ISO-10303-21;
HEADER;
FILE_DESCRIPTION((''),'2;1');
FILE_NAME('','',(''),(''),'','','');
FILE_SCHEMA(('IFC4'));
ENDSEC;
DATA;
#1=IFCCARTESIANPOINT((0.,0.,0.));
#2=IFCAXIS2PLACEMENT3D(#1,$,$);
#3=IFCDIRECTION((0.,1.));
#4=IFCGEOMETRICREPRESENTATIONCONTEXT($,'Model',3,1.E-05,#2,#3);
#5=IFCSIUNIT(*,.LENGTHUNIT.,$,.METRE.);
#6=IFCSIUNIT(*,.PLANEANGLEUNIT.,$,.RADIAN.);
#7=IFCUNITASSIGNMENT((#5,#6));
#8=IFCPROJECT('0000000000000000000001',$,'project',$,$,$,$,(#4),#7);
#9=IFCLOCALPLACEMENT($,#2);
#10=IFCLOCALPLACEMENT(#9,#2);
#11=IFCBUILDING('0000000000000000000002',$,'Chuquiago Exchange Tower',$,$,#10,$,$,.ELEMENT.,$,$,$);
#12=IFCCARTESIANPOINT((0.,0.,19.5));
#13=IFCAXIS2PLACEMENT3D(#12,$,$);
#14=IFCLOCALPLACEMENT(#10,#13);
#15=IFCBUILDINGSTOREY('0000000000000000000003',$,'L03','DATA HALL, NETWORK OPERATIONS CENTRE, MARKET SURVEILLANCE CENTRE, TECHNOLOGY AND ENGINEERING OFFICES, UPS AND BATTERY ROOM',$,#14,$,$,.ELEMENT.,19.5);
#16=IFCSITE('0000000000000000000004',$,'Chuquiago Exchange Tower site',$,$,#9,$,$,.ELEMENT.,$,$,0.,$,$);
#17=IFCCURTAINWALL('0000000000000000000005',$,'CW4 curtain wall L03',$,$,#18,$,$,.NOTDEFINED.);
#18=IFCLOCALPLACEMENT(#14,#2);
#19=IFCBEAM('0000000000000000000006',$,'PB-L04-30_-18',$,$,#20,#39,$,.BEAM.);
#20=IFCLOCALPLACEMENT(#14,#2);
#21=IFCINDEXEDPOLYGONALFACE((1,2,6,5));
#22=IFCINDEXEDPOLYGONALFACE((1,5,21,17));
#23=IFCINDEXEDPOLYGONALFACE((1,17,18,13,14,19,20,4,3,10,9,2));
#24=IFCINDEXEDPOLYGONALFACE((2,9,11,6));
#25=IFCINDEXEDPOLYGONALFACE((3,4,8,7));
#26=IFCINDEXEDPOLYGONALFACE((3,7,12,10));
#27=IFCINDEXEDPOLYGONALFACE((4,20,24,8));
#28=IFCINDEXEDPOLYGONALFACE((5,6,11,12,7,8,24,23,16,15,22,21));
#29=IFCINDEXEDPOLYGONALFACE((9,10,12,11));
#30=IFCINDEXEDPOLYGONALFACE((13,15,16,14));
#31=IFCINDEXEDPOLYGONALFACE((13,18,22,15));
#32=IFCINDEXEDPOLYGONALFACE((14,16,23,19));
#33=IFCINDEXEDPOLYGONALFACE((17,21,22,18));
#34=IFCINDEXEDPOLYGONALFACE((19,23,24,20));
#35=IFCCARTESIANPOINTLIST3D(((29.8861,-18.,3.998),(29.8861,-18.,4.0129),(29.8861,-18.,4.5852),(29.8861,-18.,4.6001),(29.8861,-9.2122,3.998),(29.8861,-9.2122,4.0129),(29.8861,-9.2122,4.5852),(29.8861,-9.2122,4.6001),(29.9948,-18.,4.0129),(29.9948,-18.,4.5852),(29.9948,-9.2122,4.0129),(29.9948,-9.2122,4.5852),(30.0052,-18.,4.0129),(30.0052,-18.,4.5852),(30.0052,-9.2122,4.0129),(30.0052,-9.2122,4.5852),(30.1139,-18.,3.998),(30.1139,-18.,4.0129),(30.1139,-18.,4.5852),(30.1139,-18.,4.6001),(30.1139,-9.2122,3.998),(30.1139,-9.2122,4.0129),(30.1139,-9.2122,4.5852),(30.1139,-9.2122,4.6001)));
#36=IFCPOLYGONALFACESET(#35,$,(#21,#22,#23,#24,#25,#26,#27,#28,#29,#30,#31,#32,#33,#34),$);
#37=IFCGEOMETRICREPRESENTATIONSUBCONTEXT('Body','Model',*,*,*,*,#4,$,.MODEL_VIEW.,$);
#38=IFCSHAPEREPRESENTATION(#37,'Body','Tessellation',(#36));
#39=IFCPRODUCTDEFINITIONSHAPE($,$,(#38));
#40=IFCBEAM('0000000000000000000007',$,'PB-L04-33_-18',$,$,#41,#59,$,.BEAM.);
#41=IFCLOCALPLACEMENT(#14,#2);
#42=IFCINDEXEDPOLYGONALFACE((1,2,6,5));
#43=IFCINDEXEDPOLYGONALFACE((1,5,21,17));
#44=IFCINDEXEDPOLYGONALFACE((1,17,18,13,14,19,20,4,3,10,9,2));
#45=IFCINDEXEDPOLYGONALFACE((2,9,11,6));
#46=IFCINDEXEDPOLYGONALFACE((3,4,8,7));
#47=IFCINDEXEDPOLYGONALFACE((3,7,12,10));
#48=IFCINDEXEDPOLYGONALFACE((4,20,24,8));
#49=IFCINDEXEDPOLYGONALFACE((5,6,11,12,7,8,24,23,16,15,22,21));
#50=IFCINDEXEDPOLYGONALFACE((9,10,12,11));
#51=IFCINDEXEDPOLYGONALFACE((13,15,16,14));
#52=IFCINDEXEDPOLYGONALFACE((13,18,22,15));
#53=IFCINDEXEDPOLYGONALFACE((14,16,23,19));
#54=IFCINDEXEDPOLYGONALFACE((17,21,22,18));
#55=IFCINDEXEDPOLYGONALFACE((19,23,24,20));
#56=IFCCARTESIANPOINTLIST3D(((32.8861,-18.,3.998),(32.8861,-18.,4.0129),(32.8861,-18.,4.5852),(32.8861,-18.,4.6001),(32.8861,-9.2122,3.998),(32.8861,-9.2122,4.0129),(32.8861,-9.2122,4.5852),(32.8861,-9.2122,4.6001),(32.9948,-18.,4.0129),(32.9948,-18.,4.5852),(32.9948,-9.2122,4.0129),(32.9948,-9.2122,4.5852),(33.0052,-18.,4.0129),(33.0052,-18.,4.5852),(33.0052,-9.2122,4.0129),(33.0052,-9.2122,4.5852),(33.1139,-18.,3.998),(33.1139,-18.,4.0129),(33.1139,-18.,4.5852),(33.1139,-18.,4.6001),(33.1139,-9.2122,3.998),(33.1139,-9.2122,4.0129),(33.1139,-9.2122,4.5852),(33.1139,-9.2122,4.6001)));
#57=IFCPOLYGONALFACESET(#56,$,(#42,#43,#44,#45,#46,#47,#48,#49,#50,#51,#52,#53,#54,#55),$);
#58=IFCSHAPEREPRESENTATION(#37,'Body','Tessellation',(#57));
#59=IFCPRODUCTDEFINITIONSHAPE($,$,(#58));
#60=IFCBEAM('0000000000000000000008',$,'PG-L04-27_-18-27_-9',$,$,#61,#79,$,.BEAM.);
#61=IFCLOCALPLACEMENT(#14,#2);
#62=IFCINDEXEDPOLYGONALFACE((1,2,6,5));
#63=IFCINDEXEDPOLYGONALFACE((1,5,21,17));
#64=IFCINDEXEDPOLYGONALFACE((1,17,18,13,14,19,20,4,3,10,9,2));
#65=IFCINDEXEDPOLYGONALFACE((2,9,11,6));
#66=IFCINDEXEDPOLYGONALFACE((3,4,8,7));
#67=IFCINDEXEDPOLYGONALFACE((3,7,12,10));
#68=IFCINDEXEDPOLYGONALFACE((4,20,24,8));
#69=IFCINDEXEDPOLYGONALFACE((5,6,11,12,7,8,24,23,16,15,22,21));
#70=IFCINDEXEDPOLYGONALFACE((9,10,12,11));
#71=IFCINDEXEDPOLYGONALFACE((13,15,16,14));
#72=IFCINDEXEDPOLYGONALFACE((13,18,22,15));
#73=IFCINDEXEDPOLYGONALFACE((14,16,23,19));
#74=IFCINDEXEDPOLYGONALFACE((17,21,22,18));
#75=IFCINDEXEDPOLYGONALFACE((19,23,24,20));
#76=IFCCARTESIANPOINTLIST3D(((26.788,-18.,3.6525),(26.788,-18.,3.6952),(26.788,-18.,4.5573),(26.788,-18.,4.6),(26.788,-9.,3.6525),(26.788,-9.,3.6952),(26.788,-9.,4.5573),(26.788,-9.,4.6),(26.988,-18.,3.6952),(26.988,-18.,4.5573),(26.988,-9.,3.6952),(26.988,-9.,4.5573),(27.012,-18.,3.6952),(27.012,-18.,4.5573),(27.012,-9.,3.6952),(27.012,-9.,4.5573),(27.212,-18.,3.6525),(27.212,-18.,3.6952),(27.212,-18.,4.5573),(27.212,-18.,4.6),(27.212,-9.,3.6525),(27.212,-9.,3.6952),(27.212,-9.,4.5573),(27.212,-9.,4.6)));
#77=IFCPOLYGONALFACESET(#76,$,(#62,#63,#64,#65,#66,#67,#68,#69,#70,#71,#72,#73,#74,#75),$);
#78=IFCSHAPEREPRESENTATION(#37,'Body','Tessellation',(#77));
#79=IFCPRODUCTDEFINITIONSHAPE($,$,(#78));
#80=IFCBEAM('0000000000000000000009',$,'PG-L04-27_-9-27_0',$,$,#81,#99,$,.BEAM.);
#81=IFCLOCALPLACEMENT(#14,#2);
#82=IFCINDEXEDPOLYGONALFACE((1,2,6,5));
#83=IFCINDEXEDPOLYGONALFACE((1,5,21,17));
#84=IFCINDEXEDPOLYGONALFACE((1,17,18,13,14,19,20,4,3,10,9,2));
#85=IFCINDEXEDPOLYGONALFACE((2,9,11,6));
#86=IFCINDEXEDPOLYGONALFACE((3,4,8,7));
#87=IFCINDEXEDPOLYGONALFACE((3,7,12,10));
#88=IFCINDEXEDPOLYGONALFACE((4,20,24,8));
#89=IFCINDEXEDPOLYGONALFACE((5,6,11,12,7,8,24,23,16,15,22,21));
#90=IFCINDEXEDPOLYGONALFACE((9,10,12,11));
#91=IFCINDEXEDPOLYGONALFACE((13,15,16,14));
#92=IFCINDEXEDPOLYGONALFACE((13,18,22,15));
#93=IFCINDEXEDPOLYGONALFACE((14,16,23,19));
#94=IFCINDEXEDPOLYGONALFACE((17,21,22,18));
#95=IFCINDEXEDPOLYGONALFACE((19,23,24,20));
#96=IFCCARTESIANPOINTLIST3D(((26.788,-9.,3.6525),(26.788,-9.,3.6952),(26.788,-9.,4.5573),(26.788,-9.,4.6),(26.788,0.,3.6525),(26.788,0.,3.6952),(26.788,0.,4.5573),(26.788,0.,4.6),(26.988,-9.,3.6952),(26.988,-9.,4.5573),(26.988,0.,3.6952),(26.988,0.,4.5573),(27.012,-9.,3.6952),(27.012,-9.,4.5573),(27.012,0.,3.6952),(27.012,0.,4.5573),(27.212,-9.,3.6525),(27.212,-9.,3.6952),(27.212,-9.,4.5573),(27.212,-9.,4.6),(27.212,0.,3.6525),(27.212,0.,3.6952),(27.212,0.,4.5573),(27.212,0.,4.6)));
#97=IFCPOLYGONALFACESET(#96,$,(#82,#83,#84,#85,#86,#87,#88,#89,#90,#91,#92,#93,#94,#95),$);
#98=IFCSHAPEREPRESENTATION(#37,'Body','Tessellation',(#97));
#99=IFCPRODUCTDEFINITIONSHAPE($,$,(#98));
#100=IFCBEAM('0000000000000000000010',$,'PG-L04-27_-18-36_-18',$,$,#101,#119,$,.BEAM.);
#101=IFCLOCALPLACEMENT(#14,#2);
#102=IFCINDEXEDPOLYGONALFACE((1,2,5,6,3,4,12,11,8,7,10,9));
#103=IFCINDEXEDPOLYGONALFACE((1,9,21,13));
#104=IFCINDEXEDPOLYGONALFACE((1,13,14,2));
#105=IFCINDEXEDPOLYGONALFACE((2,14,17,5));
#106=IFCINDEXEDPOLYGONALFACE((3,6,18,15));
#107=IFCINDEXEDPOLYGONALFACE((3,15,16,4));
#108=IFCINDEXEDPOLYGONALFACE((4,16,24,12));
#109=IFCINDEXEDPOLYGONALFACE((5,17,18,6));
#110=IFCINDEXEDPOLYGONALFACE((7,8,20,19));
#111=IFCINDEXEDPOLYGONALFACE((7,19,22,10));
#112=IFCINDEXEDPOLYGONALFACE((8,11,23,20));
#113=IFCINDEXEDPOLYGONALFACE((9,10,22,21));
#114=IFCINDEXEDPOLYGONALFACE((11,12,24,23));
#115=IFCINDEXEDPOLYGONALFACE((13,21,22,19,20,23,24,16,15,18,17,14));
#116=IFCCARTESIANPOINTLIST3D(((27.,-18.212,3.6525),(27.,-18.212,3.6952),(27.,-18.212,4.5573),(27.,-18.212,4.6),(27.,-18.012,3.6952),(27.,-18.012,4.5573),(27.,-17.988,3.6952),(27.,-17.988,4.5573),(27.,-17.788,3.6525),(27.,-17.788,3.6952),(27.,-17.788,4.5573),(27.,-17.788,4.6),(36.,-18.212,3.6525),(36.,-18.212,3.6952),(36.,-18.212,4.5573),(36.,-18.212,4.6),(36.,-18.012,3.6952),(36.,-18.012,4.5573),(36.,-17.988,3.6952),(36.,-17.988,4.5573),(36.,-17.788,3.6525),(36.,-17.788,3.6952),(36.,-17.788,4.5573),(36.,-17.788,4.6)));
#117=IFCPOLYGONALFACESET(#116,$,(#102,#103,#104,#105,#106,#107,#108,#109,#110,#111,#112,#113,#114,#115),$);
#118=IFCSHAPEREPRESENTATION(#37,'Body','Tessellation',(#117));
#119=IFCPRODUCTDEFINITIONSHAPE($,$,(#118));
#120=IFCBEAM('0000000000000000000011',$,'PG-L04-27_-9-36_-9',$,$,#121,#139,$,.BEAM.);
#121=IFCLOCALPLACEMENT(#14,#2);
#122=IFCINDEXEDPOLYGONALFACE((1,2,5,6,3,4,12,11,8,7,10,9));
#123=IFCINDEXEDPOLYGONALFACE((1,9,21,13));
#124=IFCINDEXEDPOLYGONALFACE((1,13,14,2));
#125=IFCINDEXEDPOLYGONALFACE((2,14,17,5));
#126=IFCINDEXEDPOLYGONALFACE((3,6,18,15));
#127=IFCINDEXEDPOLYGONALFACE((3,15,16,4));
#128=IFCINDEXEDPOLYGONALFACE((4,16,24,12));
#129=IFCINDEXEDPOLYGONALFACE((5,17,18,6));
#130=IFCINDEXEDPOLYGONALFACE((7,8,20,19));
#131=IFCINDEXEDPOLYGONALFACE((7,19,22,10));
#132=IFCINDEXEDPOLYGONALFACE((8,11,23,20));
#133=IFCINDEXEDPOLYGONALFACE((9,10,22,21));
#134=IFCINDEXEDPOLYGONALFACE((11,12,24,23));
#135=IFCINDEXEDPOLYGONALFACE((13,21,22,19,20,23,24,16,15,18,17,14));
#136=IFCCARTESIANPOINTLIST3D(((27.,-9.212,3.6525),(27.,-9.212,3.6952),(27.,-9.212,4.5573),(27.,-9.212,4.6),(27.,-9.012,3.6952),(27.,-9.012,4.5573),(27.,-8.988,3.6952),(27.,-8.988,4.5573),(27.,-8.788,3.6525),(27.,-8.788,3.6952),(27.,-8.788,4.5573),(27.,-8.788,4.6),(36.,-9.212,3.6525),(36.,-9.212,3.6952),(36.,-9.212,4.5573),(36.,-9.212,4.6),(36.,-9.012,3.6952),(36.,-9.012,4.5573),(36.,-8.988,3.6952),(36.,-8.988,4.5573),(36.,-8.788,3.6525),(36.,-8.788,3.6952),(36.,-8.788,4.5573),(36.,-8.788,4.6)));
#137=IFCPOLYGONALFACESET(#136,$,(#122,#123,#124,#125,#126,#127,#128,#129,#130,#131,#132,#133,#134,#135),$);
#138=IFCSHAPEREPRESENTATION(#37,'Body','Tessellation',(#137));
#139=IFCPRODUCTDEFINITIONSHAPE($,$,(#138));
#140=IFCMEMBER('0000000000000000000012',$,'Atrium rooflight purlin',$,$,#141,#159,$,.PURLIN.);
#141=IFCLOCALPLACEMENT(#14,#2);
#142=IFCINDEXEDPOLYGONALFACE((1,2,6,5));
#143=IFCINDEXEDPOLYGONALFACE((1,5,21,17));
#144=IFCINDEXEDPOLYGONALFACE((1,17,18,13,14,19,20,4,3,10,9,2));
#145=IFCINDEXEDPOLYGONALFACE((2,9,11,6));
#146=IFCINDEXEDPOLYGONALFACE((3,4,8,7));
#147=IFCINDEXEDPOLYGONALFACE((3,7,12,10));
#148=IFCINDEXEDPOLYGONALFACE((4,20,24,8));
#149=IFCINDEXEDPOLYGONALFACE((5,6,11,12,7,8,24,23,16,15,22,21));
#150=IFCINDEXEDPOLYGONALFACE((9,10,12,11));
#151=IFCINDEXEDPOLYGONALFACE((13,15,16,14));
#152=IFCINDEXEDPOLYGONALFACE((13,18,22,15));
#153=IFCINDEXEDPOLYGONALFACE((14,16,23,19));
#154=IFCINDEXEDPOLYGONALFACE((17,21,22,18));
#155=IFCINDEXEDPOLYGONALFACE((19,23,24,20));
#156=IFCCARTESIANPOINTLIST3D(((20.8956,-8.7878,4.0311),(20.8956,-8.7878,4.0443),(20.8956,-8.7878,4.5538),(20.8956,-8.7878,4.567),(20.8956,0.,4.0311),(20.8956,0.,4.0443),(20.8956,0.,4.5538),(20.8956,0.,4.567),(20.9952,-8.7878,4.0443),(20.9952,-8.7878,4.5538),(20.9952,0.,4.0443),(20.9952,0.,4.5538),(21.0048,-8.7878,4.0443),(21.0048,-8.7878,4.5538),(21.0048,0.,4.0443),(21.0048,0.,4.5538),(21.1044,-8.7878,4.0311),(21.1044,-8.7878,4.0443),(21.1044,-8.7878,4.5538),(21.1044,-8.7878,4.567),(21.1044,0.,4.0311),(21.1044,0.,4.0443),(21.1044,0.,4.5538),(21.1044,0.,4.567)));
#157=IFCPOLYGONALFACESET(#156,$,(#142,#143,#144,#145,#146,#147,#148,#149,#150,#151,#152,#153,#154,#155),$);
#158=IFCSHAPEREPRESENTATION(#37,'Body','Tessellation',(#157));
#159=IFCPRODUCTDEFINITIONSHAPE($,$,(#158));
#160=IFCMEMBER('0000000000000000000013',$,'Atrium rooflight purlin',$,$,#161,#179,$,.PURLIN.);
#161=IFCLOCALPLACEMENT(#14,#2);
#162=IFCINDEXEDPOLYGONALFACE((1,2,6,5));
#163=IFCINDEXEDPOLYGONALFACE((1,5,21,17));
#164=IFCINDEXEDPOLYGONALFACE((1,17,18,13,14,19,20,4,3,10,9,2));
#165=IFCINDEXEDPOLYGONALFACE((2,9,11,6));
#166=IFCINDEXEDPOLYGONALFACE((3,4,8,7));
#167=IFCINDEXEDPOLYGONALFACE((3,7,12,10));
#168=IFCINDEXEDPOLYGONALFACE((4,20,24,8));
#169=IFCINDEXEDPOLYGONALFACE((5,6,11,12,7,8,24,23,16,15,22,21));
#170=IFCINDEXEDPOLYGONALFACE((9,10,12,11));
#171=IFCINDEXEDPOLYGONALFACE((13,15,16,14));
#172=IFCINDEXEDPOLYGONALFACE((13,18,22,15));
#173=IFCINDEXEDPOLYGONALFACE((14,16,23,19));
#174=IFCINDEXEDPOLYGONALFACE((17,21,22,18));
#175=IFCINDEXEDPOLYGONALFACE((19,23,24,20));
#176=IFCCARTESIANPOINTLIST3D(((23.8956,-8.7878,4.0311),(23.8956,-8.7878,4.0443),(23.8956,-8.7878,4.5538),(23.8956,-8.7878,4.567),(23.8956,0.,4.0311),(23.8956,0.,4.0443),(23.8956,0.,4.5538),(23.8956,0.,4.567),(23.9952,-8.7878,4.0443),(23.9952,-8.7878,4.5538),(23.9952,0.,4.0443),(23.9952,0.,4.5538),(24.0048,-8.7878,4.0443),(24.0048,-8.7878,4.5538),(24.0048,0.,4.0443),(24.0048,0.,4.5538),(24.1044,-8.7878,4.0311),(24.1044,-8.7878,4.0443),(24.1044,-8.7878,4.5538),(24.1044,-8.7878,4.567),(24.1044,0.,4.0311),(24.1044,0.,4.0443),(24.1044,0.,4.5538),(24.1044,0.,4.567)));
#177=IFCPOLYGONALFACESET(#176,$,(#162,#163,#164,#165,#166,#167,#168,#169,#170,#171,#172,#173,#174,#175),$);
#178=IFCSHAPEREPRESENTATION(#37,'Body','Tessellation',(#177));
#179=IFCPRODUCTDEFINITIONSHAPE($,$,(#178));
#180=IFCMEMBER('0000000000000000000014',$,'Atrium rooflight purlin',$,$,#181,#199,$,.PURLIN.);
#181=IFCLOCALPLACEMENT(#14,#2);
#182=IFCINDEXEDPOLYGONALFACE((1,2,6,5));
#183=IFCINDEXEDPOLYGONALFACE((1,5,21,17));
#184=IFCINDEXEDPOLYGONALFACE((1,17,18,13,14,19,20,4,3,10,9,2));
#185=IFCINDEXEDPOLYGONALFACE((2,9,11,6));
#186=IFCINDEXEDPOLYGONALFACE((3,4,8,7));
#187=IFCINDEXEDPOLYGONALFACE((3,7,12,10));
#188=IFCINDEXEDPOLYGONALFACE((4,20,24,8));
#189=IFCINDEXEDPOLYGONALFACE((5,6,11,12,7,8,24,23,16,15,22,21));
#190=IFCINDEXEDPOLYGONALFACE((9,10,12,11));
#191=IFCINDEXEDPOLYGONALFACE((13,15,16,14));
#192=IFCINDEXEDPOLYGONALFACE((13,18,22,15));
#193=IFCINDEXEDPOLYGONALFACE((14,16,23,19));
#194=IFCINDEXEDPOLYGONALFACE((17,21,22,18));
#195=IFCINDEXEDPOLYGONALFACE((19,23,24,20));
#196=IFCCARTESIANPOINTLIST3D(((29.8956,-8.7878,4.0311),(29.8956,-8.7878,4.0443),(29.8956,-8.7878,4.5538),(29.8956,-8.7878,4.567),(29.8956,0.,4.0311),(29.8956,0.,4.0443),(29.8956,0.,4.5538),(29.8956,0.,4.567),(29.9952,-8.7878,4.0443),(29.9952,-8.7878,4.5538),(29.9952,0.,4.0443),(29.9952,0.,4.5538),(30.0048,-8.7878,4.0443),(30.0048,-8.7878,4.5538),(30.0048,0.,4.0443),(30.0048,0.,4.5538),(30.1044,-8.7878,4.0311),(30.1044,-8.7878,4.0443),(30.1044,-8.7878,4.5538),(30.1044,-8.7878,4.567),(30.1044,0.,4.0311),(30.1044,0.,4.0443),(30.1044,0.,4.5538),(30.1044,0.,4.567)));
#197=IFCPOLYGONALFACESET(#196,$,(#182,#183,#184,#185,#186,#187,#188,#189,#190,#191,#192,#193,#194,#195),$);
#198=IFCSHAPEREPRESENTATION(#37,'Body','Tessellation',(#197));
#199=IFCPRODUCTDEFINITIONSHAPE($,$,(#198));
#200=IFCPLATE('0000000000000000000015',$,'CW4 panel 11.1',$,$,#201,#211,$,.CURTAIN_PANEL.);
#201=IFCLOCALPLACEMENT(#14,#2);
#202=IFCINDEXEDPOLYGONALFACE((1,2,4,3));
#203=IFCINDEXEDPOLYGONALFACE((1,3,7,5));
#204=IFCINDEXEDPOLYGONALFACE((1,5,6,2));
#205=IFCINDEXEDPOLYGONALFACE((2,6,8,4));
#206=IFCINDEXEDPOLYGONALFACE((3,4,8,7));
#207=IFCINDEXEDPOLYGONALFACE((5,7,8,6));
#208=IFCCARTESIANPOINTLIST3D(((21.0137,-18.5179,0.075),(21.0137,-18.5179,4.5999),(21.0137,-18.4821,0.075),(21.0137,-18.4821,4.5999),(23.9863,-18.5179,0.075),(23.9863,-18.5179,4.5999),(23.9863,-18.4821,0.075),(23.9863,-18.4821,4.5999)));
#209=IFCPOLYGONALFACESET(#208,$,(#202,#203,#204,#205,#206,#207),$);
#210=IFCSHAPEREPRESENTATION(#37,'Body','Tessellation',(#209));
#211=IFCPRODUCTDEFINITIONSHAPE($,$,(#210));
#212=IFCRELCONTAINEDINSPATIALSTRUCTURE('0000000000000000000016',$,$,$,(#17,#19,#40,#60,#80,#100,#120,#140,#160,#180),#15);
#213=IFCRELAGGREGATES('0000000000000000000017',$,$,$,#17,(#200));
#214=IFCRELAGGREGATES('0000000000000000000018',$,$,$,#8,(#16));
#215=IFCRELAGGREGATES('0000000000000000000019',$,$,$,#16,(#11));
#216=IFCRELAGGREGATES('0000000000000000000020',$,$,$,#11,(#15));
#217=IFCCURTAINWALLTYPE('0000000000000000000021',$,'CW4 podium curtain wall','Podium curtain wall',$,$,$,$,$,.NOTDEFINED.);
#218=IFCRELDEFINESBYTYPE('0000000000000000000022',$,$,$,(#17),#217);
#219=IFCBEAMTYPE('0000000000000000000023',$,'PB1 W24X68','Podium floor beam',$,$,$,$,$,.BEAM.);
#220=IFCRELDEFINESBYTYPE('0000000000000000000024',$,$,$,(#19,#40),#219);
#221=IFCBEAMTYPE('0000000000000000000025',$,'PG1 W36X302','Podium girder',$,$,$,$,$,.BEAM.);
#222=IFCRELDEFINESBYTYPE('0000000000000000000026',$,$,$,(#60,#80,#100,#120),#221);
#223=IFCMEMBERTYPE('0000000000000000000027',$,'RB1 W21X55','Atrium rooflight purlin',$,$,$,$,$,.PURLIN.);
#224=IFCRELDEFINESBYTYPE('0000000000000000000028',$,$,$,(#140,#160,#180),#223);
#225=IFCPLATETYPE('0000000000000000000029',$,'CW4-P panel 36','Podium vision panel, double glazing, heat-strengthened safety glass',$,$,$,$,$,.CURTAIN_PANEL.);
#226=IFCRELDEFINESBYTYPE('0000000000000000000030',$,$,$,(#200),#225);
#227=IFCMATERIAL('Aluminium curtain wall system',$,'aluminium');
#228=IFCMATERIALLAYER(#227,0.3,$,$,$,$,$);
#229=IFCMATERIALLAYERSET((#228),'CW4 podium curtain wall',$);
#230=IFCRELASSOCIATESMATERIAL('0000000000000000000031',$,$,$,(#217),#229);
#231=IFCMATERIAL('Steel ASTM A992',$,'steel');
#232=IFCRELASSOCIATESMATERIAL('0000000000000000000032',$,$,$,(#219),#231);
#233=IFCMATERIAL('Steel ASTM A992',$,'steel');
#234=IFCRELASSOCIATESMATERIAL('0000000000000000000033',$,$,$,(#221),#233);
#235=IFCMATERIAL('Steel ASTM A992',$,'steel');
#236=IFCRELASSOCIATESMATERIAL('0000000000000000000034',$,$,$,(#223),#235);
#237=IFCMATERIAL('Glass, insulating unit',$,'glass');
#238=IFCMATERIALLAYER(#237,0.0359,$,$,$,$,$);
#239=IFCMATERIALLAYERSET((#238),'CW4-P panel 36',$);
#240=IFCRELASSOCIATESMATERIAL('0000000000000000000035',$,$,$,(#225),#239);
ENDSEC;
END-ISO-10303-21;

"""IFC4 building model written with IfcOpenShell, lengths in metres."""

from ifc_helpers import new_model, si_unit, direction, frame, origin, origin_2d, place, context, subcontext, project, spatial, rectangle, i_section, extrude, material, layer, layer_set, material_profile, profile_set, type_object, element, aggregate, save


model = new_model("IFC4")

# Units and contexts
model_context = context("Model", 3, precision=1e-05, world=origin(), true_north=direction((0.0, 1.0)))
body_context = subcontext(model_context, "Body", "Model", "MODEL_VIEW")
ifc_project = project(units=[si_unit("LENGTHUNIT", "METRE"), si_unit("PLANEANGLEUNIT", "RADIAN")], contexts=[model_context])

# Site, building, storey
site_placement = place(None, origin())
site = spatial("IfcSite", under=ifc_project, at=site_placement, Name="Chuquiago Exchange Tower site", CompositionType="ELEMENT", RefElevation=0.0)
building_placement = place(site_placement, origin())
building = spatial("IfcBuilding", under=site, at=building_placement, Name="Chuquiago Exchange Tower", CompositionType="ELEMENT")
storey_placement = place(building_placement, frame((0.0, 0.0, 19.5)))
storey = spatial("IfcBuildingStorey", under=building, at=storey_placement, Name="L03", Description="DATA HALL, NETWORK OPERATIONS CENTRE, MARKET SURVEILLANCE CENTRE, TECHNOLOGY AND ENGINEERING OFFICES, UPS AND BATTERY ROOM", CompositionType="ELEMENT", Elevation=19.5)

# Curtain wall
ifc_material_1 = material(Name="Aluminium curtain wall system", Category="aluminium")
ifc_layer_1 = layer(ifc_material_1, 0.3)
ifc_layer_set_1 = layer_set([ifc_layer_1], Name="CW4 podium curtain wall")
curtain_wall_type = type_object("IfcCurtainWallType", Name="CW4 podium curtain wall", Description="Podium curtain wall", PredefinedType="NOTDEFINED", material=ifc_layer_set_1)
curtain_wall_placement = place(storey_placement, origin())
curtain_wall = element("IfcCurtainWall", 1, at=curtain_wall_placement, inside=storey, type_object=curtain_wall_type, Name="CW4 curtain wall L03", PredefinedType="NOTDEFINED")

# Beams
ifc_material_2 = material(Name="Steel ASTM A992", Category="steel")
ifc_material_profile_1 = material_profile(ifc_material_2, i_section(OverallWidth=0.2278, OverallDepth=0.6021, WebThickness=0.0105, FlangeThickness=0.0149, at=origin_2d()), Name="W24X68")
ifc_profile_set_1 = profile_set([ifc_material_profile_1], Name="Steel ASTM A992")
beam_type_1 = type_object("IfcBeamType", Name="PB1 W24X68", Description="Podium floor beam", PredefinedType="BEAM", material=ifc_profile_set_1)
for number, where, z_axis, x_axis, name in (
    (2, (30.0, -18.0, 4.2991), (0.0, 1.0, 0.0), (-1.0, 0.0, 0.0), "PB-L04-30_-18"),
    (3, (33.0, -18.0, 4.2991), (0.0, 1.0, 0.0), (-1.0, 0.0, 0.0), "PB-L04-33_-18"),
):
    element("IfcBeam", number, at=place(storey_placement, frame(where, z_axis=z_axis, x_axis=x_axis)), inside=storey, type_object=beam_type_1, Name=name, PredefinedType="BEAM", context=body_context, shape_type="SweptSolid", body=[
        extrude(i_section(OverallWidth=0.2278, OverallDepth=0.6021, WebThickness=0.0105, FlangeThickness=0.0149, at=origin_2d()), origin(), (0.0, 0.0, 1.0), 8.7878),
    ])
ifc_material_3 = material(Name="Steel ASTM A992", Category="steel")
ifc_material_profile_2 = material_profile(ifc_material_3, i_section(OverallWidth=0.4241, OverallDepth=0.9475, WebThickness=0.0239, FlangeThickness=0.0427, at=origin_2d()), Name="W36X302")
ifc_profile_set_2 = profile_set([ifc_material_profile_2], Name="Steel ASTM A992")
beam_type_2 = type_object("IfcBeamType", Name="PG1 W36X302", Description="Podium girder", PredefinedType="BEAM", material=ifc_profile_set_2)
for number, where, z_axis, x_axis, name in (
    (4, (27.0, -18.0, 4.1262), (0.0, 1.0, 0.0), (-1.0, 0.0, 0.0), "PG-L04-27_-18-27_-9"),
    (5, (27.0, -9.0, 4.1262), (0.0, 1.0, 0.0), (-1.0, 0.0, 0.0), "PG-L04-27_-9-27_0"),
    (6, (27.0, -18.0, 4.1262), (1.0, 0.0, 0.0), (0.0, 1.0, 0.0), "PG-L04-27_-18-36_-18"),
    (7, (27.0, -9.0, 4.1262), (1.0, 0.0, 0.0), (0.0, 1.0, 0.0), "PG-L04-27_-9-36_-9"),
):
    element("IfcBeam", number, at=place(storey_placement, frame(where, z_axis=z_axis, x_axis=x_axis)), inside=storey, type_object=beam_type_2, Name=name, PredefinedType="BEAM", context=body_context, shape_type="SweptSolid", body=[
        extrude(i_section(OverallWidth=0.4241, OverallDepth=0.9475, WebThickness=0.0239, FlangeThickness=0.0427, at=origin_2d()), origin(), (0.0, 0.0, 1.0), 9.0),
    ])

# Members
ifc_material_4 = material(Name="Steel ASTM A992", Category="steel")
ifc_material_profile_3 = material_profile(ifc_material_4, i_section(OverallWidth=0.2087, OverallDepth=0.5359, WebThickness=0.0095, FlangeThickness=0.0132, at=origin_2d()), Name="W21X55")
ifc_profile_set_3 = profile_set([ifc_material_profile_3], Name="Steel ASTM A992")
member_type_1 = type_object("IfcMemberType", Name="RB1 W21X55", Description="Atrium rooflight purlin", PredefinedType="PURLIN", material=ifc_profile_set_3)
for number, where, z_axis, x_axis, name in (
    (8, (21.0, -8.7878, 4.2991), (0.0, 1.0, 0.0), (-1.0, 0.0, 0.0), "Atrium rooflight purlin"),
    (9, (24.0, -8.7878, 4.2991), (0.0, 1.0, 0.0), (-1.0, 0.0, 0.0), "Atrium rooflight purlin"),
    (10, (30.0, -8.7878, 4.2991), (0.0, 1.0, 0.0), (-1.0, 0.0, 0.0), "Atrium rooflight purlin"),
):
    element("IfcMember", number, at=place(storey_placement, frame(where, z_axis=z_axis, x_axis=x_axis)), inside=storey, type_object=member_type_1, Name=name, PredefinedType="PURLIN", context=body_context, shape_type="SweptSolid", body=[
        extrude(i_section(OverallWidth=0.2087, OverallDepth=0.5359, WebThickness=0.0095, FlangeThickness=0.0132, at=origin_2d()), origin(), (0.0, 0.0, 1.0), 8.7878),
    ])

# Plate
ifc_material_5 = material(Name="Glass, insulating unit", Category="glass")
ifc_layer_2 = layer(ifc_material_5, 0.0359)
ifc_layer_set_2 = layer_set([ifc_layer_2], Name="CW4-P panel 36")
plate_type = type_object("IfcPlateType", Name="CW4-P panel 36", Description="Podium vision panel, double glazing, heat-strengthened safety glass", PredefinedType="CURTAIN_PANEL", material=ifc_layer_set_2)
plate_1_placement = place(storey_placement, frame((22.5, -18.5, 0.075), z_axis=(0.0, 0.0, 1.0), x_axis=(1.0, 0.0, 0.0)))
plate_1 = element("IfcPlate", 11, at=plate_1_placement, type_object=plate_type, Name="CW4 panel 11.1", PredefinedType="CURTAIN_PANEL", context=body_context, shape_type="SweptSolid", body=[
    extrude(rectangle(XDim=2.9727, YDim=0.0359, at=origin_2d()), origin(), (0.0, 0.0, 1.0), 4.5249),
])
aggregate(curtain_wall, [plate_1])

save(model, "model.ifc")
